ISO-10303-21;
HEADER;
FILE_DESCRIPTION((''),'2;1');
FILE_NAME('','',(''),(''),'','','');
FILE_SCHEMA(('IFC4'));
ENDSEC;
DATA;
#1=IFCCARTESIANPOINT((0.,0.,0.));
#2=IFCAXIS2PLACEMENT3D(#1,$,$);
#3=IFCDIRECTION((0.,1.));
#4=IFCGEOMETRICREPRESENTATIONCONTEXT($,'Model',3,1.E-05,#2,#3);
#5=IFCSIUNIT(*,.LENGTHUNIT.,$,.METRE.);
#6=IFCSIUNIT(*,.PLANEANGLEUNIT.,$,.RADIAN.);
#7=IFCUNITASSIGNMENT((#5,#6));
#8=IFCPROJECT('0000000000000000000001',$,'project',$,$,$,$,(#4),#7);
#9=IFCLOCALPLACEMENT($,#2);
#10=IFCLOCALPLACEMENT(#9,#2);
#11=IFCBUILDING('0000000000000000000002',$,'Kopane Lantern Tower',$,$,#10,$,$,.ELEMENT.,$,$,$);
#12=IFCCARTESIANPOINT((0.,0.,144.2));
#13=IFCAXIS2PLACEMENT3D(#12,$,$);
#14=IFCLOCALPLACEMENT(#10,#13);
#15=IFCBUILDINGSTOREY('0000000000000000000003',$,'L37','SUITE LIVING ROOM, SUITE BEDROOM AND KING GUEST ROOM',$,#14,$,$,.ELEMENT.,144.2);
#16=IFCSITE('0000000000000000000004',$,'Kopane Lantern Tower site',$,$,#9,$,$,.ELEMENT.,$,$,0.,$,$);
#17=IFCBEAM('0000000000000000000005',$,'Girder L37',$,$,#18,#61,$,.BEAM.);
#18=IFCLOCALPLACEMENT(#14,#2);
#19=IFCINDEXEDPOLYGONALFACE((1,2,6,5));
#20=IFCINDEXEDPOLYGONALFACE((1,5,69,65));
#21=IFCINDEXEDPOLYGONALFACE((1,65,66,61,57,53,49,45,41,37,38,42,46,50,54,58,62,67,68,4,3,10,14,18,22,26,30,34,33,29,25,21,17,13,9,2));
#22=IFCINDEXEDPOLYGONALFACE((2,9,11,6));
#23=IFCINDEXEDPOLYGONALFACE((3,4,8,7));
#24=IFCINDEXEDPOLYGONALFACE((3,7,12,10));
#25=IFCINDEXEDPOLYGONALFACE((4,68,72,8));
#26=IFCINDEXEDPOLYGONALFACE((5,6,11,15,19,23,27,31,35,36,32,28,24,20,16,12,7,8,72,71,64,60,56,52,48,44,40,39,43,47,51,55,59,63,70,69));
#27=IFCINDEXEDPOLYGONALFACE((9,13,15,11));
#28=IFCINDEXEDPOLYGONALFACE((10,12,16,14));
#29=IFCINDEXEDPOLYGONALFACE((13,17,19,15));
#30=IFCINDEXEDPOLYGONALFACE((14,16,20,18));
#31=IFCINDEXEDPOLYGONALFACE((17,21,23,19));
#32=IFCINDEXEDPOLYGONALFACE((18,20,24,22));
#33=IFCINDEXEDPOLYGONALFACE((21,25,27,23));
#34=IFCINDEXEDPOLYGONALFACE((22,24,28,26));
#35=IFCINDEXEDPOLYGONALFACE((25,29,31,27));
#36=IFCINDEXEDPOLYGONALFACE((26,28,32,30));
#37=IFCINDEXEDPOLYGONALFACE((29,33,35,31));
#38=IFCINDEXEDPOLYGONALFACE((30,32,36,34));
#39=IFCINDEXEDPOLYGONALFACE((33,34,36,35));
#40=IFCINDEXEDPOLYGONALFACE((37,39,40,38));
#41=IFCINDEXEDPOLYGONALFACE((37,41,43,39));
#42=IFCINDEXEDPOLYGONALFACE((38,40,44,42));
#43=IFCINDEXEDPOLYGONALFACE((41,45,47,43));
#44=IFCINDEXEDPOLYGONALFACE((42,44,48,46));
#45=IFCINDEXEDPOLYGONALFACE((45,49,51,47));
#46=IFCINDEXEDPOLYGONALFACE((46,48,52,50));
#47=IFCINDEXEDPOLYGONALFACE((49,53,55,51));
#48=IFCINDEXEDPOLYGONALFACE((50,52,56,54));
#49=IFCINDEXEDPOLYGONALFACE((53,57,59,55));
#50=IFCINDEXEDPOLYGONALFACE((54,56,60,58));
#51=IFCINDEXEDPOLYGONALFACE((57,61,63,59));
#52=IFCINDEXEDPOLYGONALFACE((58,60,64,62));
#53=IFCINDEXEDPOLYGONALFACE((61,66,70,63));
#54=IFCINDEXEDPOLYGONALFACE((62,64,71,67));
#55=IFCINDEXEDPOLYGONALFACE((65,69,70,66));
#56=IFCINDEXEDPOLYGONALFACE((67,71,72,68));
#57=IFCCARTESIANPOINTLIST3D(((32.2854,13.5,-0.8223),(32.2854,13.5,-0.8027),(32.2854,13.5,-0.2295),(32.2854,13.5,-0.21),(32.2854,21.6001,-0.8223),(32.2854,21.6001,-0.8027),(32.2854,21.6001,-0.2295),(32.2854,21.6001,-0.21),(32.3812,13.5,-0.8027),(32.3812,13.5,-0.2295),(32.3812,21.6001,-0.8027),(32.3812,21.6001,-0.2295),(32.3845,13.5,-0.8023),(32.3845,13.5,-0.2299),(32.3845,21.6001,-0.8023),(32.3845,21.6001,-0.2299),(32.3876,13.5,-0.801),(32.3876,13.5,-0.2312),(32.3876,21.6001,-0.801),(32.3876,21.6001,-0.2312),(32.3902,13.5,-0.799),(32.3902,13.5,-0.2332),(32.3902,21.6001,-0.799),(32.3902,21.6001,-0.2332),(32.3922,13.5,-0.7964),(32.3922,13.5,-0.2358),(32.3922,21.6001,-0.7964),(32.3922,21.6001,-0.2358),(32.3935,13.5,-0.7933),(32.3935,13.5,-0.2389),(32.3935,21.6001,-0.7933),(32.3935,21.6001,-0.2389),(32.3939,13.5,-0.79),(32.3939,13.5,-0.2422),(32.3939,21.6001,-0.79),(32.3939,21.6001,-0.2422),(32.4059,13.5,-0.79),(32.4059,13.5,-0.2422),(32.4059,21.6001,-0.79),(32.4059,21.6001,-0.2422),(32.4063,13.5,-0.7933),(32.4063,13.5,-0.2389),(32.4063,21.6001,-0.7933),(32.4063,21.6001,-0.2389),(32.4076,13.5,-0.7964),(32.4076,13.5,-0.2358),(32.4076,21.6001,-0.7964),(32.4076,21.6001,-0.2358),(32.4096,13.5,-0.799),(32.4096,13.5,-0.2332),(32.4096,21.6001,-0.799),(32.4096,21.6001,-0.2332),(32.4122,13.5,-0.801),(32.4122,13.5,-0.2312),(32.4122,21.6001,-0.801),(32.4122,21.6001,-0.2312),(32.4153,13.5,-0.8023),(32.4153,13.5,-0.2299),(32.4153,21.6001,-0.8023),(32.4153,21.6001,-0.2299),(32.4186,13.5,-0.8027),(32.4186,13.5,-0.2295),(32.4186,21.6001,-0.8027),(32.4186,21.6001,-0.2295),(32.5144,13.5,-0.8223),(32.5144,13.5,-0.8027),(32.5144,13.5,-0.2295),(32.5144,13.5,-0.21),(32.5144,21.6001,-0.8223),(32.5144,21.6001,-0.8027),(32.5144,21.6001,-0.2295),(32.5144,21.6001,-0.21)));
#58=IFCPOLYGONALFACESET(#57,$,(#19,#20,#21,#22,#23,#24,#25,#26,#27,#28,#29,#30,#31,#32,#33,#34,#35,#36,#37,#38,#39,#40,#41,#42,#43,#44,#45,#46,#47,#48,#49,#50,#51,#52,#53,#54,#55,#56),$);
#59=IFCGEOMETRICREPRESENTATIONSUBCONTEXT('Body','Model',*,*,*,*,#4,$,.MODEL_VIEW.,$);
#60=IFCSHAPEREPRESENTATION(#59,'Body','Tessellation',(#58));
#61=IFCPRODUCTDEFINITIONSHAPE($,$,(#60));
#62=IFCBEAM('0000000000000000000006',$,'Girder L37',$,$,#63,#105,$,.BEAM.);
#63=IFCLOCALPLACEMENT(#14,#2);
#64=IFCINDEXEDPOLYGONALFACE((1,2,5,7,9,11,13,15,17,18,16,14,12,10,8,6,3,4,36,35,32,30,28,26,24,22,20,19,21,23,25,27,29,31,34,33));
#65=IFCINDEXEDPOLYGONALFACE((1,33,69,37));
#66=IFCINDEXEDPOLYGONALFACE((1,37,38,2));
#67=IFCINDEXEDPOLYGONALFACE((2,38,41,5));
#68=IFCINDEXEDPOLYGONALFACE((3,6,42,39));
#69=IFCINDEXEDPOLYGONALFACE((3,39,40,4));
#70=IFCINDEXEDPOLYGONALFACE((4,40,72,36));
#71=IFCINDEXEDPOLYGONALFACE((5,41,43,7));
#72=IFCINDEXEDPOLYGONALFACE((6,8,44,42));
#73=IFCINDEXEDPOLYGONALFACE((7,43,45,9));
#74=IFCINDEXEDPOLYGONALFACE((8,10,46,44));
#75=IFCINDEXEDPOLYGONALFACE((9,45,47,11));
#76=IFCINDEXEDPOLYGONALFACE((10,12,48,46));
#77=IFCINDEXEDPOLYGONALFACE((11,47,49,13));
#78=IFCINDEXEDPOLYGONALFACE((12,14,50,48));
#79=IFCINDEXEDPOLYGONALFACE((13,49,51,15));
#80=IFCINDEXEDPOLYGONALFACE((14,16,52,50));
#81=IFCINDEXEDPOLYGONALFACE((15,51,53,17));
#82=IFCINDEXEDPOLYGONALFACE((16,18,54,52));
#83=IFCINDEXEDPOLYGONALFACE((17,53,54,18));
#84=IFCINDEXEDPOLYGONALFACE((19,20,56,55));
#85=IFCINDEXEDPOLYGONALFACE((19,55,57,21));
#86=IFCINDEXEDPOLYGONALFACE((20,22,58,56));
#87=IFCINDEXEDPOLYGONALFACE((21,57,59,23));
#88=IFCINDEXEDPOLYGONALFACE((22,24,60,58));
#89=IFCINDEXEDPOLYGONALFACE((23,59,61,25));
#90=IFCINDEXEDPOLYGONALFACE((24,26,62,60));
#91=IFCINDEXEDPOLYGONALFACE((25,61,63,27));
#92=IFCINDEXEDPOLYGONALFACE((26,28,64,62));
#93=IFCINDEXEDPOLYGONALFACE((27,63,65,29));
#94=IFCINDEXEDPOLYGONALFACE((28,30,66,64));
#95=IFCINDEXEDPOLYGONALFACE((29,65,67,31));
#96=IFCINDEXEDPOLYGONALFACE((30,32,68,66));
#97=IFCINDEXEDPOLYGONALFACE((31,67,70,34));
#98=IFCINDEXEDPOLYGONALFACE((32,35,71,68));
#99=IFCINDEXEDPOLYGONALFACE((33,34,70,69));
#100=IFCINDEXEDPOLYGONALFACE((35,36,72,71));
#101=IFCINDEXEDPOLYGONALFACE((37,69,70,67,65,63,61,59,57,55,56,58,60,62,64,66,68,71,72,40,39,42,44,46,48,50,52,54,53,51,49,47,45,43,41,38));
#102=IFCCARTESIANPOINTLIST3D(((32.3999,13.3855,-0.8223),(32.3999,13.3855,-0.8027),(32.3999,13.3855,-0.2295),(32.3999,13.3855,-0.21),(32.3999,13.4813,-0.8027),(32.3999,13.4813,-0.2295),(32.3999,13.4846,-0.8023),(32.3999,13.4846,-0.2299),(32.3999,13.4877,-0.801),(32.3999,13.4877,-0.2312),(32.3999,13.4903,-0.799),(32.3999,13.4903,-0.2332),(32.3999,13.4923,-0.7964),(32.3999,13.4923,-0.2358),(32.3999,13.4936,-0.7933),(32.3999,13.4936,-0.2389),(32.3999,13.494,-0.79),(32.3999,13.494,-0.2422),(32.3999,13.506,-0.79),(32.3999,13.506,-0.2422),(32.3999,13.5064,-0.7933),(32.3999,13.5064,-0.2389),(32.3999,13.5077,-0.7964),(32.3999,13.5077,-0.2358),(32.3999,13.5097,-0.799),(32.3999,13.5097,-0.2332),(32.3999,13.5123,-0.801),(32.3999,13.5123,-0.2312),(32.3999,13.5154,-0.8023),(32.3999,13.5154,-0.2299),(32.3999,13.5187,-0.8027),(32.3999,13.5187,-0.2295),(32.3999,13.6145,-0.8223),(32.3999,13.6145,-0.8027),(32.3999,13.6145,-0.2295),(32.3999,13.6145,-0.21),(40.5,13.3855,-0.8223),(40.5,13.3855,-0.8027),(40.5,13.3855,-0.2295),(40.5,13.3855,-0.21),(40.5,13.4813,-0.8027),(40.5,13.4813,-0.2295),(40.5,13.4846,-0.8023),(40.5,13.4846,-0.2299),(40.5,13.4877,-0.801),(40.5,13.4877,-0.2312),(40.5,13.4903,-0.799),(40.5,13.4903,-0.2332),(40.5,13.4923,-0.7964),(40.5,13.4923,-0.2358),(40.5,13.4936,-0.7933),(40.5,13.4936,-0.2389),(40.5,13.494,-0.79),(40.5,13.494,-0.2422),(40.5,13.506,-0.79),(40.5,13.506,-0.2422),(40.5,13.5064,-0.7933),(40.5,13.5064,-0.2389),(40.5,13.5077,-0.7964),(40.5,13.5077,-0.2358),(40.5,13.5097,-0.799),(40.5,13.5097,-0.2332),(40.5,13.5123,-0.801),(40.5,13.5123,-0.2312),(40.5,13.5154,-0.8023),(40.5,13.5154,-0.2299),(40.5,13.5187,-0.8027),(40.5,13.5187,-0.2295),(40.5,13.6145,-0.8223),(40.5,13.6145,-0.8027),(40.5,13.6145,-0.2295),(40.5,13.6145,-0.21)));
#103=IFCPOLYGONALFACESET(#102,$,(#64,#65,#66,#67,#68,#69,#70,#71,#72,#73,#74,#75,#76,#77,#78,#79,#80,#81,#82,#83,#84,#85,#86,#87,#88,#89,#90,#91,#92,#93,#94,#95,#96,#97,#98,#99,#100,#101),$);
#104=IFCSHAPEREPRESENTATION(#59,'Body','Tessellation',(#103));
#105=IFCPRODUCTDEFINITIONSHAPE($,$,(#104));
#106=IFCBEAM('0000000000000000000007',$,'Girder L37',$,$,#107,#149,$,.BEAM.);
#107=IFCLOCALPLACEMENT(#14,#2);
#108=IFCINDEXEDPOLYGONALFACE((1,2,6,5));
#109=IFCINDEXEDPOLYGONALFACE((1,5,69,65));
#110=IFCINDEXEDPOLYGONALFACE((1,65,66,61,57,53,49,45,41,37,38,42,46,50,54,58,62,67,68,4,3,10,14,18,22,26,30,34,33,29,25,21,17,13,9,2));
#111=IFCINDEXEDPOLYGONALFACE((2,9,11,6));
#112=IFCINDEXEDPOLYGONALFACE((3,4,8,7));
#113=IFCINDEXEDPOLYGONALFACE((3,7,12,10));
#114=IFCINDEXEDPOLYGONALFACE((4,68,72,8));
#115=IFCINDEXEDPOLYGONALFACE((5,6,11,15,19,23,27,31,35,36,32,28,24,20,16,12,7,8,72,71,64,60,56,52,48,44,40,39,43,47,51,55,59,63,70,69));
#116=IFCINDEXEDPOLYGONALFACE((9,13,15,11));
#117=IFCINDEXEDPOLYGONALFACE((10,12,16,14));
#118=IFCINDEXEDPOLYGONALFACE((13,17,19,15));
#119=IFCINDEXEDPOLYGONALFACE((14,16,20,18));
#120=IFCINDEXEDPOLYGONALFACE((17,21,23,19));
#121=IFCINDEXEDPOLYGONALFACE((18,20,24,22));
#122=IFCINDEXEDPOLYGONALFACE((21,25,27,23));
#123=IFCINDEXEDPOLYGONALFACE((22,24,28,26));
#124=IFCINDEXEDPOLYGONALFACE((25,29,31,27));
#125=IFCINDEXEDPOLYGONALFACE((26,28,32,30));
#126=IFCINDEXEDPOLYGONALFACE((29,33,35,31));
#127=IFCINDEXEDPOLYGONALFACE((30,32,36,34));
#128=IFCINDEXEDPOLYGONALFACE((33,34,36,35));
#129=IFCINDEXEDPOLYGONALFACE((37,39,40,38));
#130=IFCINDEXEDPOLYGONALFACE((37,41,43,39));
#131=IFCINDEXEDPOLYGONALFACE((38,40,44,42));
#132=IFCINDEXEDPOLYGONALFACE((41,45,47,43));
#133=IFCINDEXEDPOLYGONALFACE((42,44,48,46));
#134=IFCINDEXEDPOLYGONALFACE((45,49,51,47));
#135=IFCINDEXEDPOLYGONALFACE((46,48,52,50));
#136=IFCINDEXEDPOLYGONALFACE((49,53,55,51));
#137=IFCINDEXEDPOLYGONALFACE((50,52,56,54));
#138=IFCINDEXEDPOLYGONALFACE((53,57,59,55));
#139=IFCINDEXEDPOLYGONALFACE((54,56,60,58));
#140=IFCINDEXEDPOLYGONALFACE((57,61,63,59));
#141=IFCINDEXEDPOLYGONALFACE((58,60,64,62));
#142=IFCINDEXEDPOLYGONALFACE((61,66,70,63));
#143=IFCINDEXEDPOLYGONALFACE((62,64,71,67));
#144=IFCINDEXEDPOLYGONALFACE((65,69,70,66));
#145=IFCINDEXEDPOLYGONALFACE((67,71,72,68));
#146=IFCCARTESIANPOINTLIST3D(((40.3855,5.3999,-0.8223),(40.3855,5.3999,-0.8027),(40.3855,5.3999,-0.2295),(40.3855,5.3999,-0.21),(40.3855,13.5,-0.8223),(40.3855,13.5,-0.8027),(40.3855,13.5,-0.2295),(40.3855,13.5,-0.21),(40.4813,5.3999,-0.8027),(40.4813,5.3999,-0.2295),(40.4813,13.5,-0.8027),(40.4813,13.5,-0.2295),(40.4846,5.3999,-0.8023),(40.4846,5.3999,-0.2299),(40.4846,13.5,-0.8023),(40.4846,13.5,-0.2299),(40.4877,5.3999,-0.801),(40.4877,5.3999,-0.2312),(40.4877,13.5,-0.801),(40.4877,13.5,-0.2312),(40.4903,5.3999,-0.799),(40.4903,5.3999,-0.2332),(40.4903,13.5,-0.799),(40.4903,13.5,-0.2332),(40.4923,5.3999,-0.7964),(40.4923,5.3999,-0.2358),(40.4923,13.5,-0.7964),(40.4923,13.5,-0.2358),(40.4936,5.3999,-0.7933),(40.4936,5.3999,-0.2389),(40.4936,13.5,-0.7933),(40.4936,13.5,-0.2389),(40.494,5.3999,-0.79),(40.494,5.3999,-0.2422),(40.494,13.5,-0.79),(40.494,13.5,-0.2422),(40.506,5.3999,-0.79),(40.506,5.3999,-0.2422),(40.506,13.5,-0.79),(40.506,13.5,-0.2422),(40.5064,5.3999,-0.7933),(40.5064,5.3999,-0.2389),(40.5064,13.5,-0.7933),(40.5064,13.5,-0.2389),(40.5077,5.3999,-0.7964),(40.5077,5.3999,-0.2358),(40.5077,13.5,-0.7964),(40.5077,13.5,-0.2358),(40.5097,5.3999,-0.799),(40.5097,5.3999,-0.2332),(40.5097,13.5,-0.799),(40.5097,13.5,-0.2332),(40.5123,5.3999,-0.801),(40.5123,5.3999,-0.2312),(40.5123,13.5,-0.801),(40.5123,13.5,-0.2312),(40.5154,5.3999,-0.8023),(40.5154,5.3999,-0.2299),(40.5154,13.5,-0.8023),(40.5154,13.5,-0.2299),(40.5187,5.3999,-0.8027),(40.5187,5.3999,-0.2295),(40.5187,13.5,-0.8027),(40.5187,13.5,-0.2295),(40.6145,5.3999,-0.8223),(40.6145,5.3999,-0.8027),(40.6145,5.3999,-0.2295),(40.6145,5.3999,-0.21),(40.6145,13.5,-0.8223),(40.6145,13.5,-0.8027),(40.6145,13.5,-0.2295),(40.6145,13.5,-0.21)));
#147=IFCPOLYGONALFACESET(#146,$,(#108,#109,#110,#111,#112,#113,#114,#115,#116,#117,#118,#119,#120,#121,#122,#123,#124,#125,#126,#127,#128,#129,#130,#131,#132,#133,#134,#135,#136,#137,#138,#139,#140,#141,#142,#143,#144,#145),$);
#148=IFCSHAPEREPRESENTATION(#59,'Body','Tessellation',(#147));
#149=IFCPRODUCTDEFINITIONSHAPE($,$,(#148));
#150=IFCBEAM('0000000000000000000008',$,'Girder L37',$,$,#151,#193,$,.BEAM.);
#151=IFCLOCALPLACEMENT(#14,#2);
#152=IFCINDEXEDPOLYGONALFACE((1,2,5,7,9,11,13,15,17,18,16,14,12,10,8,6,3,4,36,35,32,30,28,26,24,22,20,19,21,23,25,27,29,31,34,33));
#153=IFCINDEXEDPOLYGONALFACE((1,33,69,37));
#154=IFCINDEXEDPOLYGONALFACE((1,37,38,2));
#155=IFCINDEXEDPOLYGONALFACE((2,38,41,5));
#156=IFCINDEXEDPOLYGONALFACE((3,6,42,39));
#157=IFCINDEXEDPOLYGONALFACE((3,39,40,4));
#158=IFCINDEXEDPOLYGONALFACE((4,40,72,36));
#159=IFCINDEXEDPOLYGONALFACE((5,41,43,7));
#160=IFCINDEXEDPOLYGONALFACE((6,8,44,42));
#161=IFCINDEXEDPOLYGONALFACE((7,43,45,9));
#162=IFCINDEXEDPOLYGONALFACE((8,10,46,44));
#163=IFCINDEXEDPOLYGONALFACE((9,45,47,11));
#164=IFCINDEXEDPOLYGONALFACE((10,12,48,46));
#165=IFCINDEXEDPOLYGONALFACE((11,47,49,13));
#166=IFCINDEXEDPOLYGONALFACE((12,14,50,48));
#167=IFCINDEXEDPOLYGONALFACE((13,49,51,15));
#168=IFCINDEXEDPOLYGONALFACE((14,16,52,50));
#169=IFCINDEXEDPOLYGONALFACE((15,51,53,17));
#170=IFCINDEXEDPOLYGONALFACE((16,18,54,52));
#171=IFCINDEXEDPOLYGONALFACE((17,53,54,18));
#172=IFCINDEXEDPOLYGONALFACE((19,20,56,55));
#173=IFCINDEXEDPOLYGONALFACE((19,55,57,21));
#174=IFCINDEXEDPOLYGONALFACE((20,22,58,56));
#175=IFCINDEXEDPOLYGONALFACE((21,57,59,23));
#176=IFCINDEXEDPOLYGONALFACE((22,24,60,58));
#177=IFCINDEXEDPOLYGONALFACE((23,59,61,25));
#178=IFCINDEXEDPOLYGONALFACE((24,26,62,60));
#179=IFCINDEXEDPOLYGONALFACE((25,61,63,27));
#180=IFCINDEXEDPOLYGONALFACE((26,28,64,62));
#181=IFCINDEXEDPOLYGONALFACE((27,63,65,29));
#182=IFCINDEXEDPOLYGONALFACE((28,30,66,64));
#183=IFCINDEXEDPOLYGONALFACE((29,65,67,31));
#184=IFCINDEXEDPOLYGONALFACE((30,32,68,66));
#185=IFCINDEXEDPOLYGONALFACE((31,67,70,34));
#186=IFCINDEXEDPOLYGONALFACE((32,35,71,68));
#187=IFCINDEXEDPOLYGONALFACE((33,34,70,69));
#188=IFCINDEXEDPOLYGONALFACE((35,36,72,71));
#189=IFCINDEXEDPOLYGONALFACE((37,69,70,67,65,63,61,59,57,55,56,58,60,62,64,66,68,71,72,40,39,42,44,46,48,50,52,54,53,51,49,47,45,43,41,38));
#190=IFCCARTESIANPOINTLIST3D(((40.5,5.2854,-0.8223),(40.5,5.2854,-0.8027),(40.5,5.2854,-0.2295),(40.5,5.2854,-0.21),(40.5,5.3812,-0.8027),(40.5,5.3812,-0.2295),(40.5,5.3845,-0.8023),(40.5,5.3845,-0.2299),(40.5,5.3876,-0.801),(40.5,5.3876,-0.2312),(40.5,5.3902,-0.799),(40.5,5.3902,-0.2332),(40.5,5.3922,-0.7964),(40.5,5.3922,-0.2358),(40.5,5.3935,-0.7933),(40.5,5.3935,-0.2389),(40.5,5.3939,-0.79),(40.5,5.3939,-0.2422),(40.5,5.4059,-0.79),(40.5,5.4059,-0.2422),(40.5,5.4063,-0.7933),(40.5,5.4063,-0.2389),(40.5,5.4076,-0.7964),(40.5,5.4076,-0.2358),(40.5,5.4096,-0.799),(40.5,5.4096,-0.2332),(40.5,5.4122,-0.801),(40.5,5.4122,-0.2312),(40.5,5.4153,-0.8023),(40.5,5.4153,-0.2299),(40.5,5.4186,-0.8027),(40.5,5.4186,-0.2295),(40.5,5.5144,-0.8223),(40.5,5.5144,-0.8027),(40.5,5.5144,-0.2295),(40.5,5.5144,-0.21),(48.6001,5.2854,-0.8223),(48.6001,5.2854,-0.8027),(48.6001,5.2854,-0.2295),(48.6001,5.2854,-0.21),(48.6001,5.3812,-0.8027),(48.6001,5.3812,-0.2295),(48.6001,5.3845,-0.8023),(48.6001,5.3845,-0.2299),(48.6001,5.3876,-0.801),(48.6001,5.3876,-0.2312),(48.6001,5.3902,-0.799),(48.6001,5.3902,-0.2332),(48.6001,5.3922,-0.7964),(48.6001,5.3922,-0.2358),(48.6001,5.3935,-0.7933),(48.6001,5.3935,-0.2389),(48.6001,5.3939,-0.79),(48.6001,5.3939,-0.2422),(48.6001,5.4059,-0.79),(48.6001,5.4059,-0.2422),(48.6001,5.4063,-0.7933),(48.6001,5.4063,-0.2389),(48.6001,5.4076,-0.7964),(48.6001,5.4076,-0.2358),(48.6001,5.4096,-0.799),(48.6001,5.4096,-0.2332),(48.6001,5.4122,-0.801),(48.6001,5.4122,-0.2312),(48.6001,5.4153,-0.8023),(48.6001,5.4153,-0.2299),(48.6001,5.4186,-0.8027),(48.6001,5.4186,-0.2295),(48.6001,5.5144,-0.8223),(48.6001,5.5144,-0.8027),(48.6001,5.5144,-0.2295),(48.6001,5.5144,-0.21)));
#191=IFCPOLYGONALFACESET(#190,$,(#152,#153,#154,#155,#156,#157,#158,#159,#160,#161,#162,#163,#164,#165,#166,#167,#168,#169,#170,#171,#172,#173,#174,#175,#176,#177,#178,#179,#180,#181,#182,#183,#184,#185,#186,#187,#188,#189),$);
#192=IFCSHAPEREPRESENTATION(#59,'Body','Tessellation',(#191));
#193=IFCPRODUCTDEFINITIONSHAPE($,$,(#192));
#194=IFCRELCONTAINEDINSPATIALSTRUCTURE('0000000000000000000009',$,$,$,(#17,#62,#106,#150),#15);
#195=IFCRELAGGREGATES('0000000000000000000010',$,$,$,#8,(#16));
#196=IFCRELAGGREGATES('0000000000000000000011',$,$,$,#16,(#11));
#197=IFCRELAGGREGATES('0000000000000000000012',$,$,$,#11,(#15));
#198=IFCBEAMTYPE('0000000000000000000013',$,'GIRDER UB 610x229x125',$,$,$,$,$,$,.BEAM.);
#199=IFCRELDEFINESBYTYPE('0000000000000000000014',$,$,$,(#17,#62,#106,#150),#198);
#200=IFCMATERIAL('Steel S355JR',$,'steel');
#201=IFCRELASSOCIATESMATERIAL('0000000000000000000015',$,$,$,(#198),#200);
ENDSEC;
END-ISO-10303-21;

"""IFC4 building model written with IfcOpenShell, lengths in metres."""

from ifc_helpers import new_model, si_unit, direction, frame, origin, origin_2d, place, context, subcontext, project, spatial, i_section, extrude, material, material_profile, profile_set, type_object, element, save


model = new_model("IFC4")

# Units and contexts
model_context = context("Model", 3, precision=1e-05, world=origin(), true_north=direction((0.0, 1.0)))
body_context = subcontext(model_context, "Body", "Model", "MODEL_VIEW")
ifc_project = project(units=[si_unit("LENGTHUNIT", "METRE"), si_unit("PLANEANGLEUNIT", "RADIAN")], contexts=[model_context])

# Site, building, storey
site_placement = place(None, origin())
site = spatial("IfcSite", under=ifc_project, at=site_placement, Name="Kopane Lantern Tower site", CompositionType="ELEMENT", RefElevation=0.0)
building_placement = place(site_placement, origin())
building = spatial("IfcBuilding", under=site, at=building_placement, Name="Kopane Lantern Tower", CompositionType="ELEMENT")
storey_placement = place(building_placement, frame((0.0, 0.0, 144.2)))
storey = spatial("IfcBuildingStorey", under=building, at=storey_placement, Name="L37", Description="SUITE LIVING ROOM, SUITE BEDROOM AND KING GUEST ROOM", CompositionType="ELEMENT", Elevation=144.2)

# Beams
ifc_material_1 = material(Name="Steel S355JR", Category="steel")
ifc_material_profile_1 = material_profile(ifc_material_1, i_section(OverallWidth=0.229, OverallDepth=0.6123, WebThickness=0.012, FlangeThickness=0.0195, FilletRadius=0.0127, at=origin_2d()), Name="UB 610x229x125")
ifc_profile_set_1 = profile_set([ifc_material_profile_1], Name="Steel S355JR")
beam_type_1 = type_object("IfcBeamType", Name="GIRDER UB 610x229x125", PredefinedType="BEAM", material=ifc_profile_set_1)
for number, where, z_axis, x_axis, name in (
    (1, (32.3999, 13.5, -0.5161), (0.0, 1.0, 0.0), (-1.0, 0.0, 0.0), "Girder L37"),
    (2, (32.3999, 13.5, -0.5161), (1.0, 0.0, 0.0), (0.0, 1.0, 0.0), "Girder L37"),
    (3, (40.5, 5.3999, -0.5161), (0.0, 1.0, 0.0), (-1.0, 0.0, 0.0), "Girder L37"),
    (4, (40.5, 5.3999, -0.5161), (1.0, 0.0, 0.0), (0.0, 1.0, 0.0), "Girder L37"),
):
    element("IfcBeam", number, at=place(storey_placement, frame(where, z_axis=z_axis, x_axis=x_axis)), inside=storey, type_object=beam_type_1, Name=name, PredefinedType="BEAM", context=body_context, shape_type="SweptSolid", body=[
        extrude(i_section(OverallWidth=0.229, OverallDepth=0.6123, WebThickness=0.012, FlangeThickness=0.0195, FilletRadius=0.0127, at=origin_2d()), origin(), (0.0, 0.0, 1.0), 8.1001),
    ])

save(model, "model.ifc")
